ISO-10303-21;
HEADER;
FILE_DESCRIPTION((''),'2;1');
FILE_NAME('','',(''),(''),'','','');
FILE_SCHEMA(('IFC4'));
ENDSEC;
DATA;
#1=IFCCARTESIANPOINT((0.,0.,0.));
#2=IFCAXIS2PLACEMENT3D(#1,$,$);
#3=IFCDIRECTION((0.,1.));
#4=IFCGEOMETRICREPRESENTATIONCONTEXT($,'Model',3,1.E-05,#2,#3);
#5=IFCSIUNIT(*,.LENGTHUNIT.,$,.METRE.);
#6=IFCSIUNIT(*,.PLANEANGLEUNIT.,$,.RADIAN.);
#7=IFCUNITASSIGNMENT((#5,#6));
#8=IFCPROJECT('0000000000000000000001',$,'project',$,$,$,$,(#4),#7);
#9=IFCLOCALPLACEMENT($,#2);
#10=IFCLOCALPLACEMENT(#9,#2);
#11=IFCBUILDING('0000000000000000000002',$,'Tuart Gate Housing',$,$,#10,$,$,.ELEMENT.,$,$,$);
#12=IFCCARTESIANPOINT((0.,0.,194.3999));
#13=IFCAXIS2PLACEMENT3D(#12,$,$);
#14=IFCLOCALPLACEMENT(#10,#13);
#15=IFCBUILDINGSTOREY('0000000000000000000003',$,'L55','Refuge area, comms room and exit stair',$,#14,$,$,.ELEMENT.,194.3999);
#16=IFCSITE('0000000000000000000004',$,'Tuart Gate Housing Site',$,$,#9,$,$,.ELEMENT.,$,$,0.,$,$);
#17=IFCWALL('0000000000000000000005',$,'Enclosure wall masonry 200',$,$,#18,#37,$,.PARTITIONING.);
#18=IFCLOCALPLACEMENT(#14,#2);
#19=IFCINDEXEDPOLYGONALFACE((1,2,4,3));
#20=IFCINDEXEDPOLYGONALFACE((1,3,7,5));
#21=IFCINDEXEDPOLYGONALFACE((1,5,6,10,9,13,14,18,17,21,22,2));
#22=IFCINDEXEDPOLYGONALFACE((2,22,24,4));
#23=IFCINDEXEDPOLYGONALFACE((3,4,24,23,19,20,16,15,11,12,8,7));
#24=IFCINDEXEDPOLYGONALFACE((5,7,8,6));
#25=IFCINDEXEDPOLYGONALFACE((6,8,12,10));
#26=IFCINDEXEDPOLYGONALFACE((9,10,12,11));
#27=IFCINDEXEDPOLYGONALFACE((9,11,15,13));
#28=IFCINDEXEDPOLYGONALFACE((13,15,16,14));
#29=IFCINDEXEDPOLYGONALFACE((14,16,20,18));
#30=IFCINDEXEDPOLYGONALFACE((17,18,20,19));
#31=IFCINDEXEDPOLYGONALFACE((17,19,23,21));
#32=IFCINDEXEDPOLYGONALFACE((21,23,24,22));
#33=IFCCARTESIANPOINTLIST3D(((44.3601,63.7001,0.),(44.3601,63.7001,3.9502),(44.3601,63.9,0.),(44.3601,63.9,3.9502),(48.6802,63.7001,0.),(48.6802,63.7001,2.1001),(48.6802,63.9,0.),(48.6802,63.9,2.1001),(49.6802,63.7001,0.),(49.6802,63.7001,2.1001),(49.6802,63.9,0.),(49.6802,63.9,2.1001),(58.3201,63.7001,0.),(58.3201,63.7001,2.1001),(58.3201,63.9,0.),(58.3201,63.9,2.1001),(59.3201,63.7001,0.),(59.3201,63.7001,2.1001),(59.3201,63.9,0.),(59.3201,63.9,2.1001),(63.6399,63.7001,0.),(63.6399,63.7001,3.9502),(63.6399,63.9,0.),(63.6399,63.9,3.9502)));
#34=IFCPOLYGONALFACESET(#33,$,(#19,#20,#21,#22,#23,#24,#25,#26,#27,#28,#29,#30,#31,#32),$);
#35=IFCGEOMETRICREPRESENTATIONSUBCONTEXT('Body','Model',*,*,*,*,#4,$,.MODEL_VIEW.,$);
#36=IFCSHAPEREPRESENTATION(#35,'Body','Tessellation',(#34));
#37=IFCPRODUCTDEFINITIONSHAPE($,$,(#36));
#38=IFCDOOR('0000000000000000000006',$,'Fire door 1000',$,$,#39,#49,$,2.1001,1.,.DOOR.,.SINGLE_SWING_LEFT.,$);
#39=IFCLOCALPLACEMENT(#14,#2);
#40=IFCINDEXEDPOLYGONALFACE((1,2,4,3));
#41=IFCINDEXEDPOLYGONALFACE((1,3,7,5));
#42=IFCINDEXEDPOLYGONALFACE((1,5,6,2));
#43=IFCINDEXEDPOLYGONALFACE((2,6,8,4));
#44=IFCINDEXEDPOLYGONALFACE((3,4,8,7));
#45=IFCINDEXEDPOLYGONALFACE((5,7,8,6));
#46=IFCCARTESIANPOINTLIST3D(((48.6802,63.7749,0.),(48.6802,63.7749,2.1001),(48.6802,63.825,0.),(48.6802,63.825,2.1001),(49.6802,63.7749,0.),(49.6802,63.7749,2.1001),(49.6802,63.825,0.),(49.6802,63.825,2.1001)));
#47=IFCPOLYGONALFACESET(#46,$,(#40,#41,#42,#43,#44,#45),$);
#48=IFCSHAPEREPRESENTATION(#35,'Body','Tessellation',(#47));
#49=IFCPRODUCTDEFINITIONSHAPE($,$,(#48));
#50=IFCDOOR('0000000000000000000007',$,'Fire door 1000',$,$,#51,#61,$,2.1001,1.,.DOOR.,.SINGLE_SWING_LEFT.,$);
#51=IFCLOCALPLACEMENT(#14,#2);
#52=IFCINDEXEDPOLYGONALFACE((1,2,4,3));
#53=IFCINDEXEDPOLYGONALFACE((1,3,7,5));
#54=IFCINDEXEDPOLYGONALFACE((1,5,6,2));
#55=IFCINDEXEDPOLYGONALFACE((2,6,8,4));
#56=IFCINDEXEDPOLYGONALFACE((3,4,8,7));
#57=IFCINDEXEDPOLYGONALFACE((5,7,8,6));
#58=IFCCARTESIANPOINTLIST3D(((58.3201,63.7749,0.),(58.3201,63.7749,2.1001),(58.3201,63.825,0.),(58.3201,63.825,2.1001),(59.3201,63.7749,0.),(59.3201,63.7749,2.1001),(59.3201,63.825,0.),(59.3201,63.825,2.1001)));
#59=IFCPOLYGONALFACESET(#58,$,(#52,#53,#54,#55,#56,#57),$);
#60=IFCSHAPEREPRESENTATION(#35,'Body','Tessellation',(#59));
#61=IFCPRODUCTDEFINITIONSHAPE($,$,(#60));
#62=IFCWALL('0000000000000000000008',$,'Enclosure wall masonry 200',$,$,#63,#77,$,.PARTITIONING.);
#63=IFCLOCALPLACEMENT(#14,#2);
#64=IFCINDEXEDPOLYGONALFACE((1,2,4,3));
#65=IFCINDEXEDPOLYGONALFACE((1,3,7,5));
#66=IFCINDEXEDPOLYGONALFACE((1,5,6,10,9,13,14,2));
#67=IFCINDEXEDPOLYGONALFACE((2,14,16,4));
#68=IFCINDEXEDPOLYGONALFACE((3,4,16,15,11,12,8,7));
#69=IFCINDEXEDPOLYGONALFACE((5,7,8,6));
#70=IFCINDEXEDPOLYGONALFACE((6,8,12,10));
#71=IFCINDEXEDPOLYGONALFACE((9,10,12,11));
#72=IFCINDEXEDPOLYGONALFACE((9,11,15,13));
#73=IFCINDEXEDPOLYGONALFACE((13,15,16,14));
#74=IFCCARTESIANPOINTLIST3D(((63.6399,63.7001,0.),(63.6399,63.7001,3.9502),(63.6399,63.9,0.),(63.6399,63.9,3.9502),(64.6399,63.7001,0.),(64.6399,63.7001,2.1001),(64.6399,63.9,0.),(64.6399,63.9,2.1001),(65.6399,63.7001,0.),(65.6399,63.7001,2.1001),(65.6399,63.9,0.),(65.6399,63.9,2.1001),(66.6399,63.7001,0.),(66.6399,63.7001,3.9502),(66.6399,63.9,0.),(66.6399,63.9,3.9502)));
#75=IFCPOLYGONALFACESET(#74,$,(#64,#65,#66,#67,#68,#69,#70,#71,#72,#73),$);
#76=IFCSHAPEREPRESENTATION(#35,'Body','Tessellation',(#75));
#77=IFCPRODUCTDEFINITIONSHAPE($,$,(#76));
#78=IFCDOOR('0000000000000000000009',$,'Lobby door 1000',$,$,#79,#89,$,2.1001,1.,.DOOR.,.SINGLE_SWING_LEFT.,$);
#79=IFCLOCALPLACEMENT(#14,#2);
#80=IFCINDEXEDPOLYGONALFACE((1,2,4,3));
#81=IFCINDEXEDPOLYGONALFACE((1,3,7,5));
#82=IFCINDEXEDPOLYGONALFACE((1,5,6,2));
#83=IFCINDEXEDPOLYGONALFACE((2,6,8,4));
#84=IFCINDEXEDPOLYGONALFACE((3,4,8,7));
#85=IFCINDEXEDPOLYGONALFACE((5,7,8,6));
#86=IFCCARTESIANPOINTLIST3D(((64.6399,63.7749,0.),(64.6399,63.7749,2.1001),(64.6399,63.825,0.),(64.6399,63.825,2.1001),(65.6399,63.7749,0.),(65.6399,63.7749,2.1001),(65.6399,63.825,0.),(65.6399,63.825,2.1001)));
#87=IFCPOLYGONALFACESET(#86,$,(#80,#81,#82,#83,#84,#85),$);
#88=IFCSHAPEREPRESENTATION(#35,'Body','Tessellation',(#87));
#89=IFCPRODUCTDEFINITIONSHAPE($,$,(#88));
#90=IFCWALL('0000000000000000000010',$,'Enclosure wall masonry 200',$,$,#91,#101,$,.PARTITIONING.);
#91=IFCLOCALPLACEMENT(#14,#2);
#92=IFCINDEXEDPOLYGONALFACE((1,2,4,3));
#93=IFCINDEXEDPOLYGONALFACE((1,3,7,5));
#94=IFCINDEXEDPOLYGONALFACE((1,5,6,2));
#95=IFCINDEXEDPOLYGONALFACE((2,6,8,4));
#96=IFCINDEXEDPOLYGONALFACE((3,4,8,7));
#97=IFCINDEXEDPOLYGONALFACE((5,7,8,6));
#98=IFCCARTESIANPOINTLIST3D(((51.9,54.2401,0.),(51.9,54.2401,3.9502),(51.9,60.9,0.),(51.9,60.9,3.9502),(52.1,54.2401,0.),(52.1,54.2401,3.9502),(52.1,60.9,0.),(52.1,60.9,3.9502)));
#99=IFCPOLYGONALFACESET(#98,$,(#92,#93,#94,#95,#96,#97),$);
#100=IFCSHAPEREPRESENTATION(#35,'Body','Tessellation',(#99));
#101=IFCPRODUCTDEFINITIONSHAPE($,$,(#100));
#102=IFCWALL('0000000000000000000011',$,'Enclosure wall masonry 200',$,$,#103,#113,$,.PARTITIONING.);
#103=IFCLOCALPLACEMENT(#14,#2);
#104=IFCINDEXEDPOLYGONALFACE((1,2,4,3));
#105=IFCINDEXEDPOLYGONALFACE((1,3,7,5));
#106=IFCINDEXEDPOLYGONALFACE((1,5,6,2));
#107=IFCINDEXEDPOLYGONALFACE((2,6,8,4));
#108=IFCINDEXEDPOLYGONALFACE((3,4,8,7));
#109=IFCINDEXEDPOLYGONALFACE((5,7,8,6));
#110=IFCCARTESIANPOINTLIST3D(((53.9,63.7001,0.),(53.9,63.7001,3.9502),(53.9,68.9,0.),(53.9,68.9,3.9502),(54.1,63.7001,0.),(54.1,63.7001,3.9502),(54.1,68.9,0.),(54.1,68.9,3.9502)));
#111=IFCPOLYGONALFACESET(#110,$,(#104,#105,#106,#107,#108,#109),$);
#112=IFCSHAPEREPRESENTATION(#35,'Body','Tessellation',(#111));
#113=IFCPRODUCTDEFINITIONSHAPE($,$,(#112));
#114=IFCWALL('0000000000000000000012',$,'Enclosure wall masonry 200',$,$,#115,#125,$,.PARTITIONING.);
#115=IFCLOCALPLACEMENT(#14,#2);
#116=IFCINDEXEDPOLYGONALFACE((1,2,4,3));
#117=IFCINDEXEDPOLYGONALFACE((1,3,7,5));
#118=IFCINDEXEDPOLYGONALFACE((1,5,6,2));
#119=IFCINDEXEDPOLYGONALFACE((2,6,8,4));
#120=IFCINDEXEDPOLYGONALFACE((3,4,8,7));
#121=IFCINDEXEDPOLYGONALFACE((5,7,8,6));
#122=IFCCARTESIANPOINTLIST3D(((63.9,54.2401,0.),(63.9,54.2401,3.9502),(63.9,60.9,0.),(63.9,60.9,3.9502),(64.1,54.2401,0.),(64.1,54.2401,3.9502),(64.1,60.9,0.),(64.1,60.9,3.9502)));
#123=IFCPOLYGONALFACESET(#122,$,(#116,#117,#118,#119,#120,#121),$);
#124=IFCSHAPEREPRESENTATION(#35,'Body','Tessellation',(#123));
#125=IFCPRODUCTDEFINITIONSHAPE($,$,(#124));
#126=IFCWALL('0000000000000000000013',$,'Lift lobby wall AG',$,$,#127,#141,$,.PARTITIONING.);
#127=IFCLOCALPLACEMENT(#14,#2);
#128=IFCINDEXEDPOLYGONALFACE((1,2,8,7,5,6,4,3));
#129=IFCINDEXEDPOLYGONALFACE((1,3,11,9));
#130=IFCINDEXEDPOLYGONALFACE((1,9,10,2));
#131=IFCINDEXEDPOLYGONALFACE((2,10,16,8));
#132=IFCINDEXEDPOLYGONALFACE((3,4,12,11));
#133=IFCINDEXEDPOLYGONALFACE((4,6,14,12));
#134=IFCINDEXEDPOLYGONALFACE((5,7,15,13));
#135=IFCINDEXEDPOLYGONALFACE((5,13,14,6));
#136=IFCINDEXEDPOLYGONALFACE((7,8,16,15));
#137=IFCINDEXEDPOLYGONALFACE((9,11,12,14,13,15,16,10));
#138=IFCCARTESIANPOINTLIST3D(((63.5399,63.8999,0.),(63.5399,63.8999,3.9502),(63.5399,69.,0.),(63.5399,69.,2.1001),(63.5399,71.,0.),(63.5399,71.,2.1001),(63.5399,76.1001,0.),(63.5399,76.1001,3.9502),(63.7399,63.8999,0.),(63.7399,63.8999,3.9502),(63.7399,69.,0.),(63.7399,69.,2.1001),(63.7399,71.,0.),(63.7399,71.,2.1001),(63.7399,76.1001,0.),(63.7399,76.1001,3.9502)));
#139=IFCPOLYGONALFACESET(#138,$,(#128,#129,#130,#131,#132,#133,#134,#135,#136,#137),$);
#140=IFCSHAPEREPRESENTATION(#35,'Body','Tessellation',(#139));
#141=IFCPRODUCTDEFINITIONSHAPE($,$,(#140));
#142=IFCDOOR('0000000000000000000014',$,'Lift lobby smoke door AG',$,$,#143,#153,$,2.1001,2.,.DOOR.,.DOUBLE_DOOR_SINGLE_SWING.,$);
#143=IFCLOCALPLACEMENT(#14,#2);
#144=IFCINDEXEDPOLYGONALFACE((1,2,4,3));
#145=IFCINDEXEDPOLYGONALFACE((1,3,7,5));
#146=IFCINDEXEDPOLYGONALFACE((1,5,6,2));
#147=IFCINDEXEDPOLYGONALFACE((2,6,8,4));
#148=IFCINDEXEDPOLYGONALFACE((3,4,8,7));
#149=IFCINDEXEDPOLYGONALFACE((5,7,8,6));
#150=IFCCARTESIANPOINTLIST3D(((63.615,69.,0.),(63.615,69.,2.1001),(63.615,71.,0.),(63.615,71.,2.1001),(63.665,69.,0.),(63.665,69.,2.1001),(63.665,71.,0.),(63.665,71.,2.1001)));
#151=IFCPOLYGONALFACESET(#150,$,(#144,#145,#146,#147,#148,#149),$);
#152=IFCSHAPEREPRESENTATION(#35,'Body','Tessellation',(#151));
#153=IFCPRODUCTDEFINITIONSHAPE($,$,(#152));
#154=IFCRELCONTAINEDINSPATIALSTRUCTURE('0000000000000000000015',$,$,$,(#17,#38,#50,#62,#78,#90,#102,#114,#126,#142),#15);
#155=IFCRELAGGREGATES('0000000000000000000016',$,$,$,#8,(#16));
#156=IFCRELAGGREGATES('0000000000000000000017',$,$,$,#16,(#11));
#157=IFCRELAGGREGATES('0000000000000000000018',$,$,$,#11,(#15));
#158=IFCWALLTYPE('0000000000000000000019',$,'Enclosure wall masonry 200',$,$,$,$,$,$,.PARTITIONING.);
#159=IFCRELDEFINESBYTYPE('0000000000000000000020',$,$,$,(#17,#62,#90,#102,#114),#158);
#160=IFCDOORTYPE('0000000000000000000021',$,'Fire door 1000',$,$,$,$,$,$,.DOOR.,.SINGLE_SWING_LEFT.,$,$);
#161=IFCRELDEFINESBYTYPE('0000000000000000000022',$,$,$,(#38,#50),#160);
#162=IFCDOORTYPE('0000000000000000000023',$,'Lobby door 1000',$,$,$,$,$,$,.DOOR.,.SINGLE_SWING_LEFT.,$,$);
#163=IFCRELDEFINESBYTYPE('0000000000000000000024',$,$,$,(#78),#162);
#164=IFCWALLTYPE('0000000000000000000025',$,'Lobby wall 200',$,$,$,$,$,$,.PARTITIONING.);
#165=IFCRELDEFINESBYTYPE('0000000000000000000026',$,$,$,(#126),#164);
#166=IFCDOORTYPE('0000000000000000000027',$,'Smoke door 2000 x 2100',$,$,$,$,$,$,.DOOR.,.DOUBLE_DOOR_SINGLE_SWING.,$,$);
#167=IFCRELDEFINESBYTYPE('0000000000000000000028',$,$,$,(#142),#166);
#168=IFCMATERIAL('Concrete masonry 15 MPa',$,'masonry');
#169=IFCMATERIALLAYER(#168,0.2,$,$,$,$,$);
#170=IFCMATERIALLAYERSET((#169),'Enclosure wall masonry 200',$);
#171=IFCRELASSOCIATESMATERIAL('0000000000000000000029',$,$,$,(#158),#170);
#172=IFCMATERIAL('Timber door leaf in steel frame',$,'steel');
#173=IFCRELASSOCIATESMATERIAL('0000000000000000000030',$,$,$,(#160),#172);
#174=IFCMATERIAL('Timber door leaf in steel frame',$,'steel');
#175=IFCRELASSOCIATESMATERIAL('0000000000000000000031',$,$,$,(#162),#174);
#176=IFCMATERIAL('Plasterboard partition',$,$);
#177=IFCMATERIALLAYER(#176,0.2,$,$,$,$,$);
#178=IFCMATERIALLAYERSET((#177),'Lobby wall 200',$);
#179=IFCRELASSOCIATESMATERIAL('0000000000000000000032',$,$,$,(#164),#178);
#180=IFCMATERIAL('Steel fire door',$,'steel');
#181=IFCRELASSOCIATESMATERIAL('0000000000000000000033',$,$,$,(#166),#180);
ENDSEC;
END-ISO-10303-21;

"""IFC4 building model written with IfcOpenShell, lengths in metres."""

from ifc_helpers import new_model, si_unit, direction, frame, frame_2d, origin, place, context, subcontext, project, spatial, rectangle, extrude, material, layer, layer_set, type_object, element, fill, save


model = new_model("IFC4")

# Units and contexts
model_context = context("Model", 3, precision=1e-05, world=origin(), true_north=direction((0.0, 1.0)))
body_context = subcontext(model_context, "Body", "Model", "MODEL_VIEW")
ifc_project = project(units=[si_unit("LENGTHUNIT", "METRE"), si_unit("PLANEANGLEUNIT", "RADIAN")], contexts=[model_context])

# Site, building, storey
site_placement = place(None, origin())
site = spatial("IfcSite", under=ifc_project, at=site_placement, Name="Tuart Gate Housing Site", CompositionType="ELEMENT", RefElevation=0.0)
building_placement = place(site_placement, origin())
building = spatial("IfcBuilding", under=site, at=building_placement, Name="Tuart Gate Housing", CompositionType="ELEMENT")
storey_placement = place(building_placement, frame((0.0, 0.0, 194.3999)))
storey = spatial("IfcBuildingStorey", under=building, at=storey_placement, Name="L55", Description="Refuge area, comms room and exit stair", CompositionType="ELEMENT", Elevation=194.3999)

# Wall, openings, doors
ifc_material_1 = material(Name="Concrete masonry 15 MPa", Category="masonry")
ifc_layer_1 = layer(ifc_material_1, 0.2)
ifc_layer_set_1 = layer_set([ifc_layer_1], Name="Enclosure wall masonry 200")
wall_type_1 = type_object("IfcWallType", Name="Enclosure wall masonry 200", PredefinedType="PARTITIONING", material=ifc_layer_set_1)
wall_1_placement = place(storey_placement, frame((44.3601, 63.8, 0.0), z_axis=(0.0, 0.0, 1.0), x_axis=(1.0, 0.0, 0.0)))
wall_1 = element("IfcWall", 1, at=wall_1_placement, inside=storey, type_object=wall_type_1, Name="Enclosure wall masonry 200", PredefinedType="PARTITIONING", context=body_context, shape_type="SweptSolid", body=[
    extrude(rectangle(XDim=19.2798, YDim=0.2, at=frame_2d((9.6399, 0.0))), origin(), (0.0, 0.0, 1.0), 3.9502),
])
opening_1_placement = place(wall_1_placement, frame((4.3201, 0.0, 0.0)))
opening_1 = element("IfcOpeningElement", 2, at=opening_1_placement, cuts=wall_1, PredefinedType="OPENING", context=body_context, shape_type="SweptSolid", body=[
    extrude(rectangle(XDim=1.0, YDim=2.1001, at=frame_2d((0.5, 1.05))), frame((0.0, 0.1099, 0.0), z_axis=(0.0, -1.0, 0.0), x_axis=(1.0, 0.0, 0.0)), (0.0, 0.0, 1.0), 0.22),
])
opening_2_placement = place(wall_1_placement, frame((13.96, 0.0, 0.0)))
opening_2 = element("IfcOpeningElement", 3, at=opening_2_placement, cuts=wall_1, PredefinedType="OPENING", context=body_context, shape_type="SweptSolid", body=[
    extrude(rectangle(XDim=1.0, YDim=2.1001, at=frame_2d((0.5, 1.05))), frame((0.0, 0.1099, 0.0), z_axis=(0.0, -1.0, 0.0), x_axis=(1.0, 0.0, 0.0)), (0.0, 0.0, 1.0), 0.22),
])
ifc_material_2 = material(Name="Timber door leaf in steel frame", Category="steel")
door_type_1 = type_object("IfcDoorType", Name="Fire door 1000", OperationType="SINGLE_SWING_LEFT", PredefinedType="DOOR", material=ifc_material_2)
door_1_placement = place(opening_1_placement, origin())
door_1 = element("IfcDoor", 4, at=door_1_placement, inside=storey, type_object=door_type_1, Name="Fire door 1000", OperationType="SINGLE_SWING_LEFT", OverallHeight=2.1001, OverallWidth=1.0, PredefinedType="DOOR", context=body_context, shape_type="SweptSolid", body=[
    extrude(rectangle(XDim=1.0, YDim=2.1001, at=frame_2d((0.5, 1.05))), frame((0.0, 0.0249, 0.0), z_axis=(0.0, -1.0, 0.0), x_axis=(1.0, 0.0, 0.0)), (0.0, 0.0, 1.0), 0.05),
])
fill(opening_1, door_1)
door_2_placement = place(opening_2_placement, origin())
door_2 = element("IfcDoor", 5, at=door_2_placement, inside=storey, type_object=door_type_1, Name="Fire door 1000", OperationType="SINGLE_SWING_LEFT", OverallHeight=2.1001, OverallWidth=1.0, PredefinedType="DOOR", context=body_context, shape_type="SweptSolid", body=[
    extrude(rectangle(XDim=1.0, YDim=2.1001, at=frame_2d((0.5, 1.05))), frame((0.0, 0.0249, 0.0), z_axis=(0.0, -1.0, 0.0), x_axis=(1.0, 0.0, 0.0)), (0.0, 0.0, 1.0), 0.05),
])
fill(opening_2, door_2)

# Wall, opening, door
wall_2_placement = place(storey_placement, frame((63.6399, 63.8, 0.0), z_axis=(0.0, 0.0, 1.0), x_axis=(1.0, 0.0, 0.0)))
wall_2 = element("IfcWall", 6, at=wall_2_placement, inside=storey, type_object=wall_type_1, Name="Enclosure wall masonry 200", PredefinedType="PARTITIONING", context=body_context, shape_type="SweptSolid", body=[
    extrude(rectangle(XDim=3.0, YDim=0.2, at=frame_2d((1.5, 0.0))), origin(), (0.0, 0.0, 1.0), 3.9502),
])
opening_3_placement = place(wall_2_placement, frame((1.0, 0.0, 0.0)))
opening_3 = element("IfcOpeningElement", 7, at=opening_3_placement, cuts=wall_2, PredefinedType="OPENING", context=body_context, shape_type="SweptSolid", body=[
    extrude(rectangle(XDim=1.0, YDim=2.1001, at=frame_2d((0.5, 1.05))), frame((0.0, 0.1099, 0.0), z_axis=(0.0, -1.0, 0.0), x_axis=(1.0, 0.0, 0.0)), (0.0, 0.0, 1.0), 0.22),
])
ifc_material_3 = material(Name="Timber door leaf in steel frame", Category="steel")
door_type_2 = type_object("IfcDoorType", Name="Lobby door 1000", OperationType="SINGLE_SWING_LEFT", PredefinedType="DOOR", material=ifc_material_3)
door_3_placement = place(opening_3_placement, origin())
door_3 = element("IfcDoor", 8, at=door_3_placement, inside=storey, type_object=door_type_2, Name="Lobby door 1000", OperationType="SINGLE_SWING_LEFT", OverallHeight=2.1001, OverallWidth=1.0, PredefinedType="DOOR", context=body_context, shape_type="SweptSolid", body=[
    extrude(rectangle(XDim=1.0, YDim=2.1001, at=frame_2d((0.5, 1.05))), frame((0.0, 0.0249, 0.0), z_axis=(0.0, -1.0, 0.0), x_axis=(1.0, 0.0, 0.0)), (0.0, 0.0, 1.0), 0.05),
])
fill(opening_3, door_3)

# Walls
wall_3_placement = place(storey_placement, frame((52.0, 54.24, 0.0), z_axis=(0.0, 0.0, 1.0), x_axis=(0.0, 1.0, 0.0)))
element("IfcWall", 9, at=wall_3_placement, inside=storey, type_object=wall_type_1, Name="Enclosure wall masonry 200", PredefinedType="PARTITIONING", context=body_context, shape_type="SweptSolid", body=[
    extrude(rectangle(XDim=6.6599, YDim=0.2, at=frame_2d((3.3301, 0.0))), origin(), (0.0, 0.0, 1.0), 3.9502),
])
wall_4_placement = place(storey_placement, frame((54.0, 63.7, 0.0), z_axis=(0.0, 0.0, 1.0), x_axis=(0.0, 1.0, 0.0)))
element("IfcWall", 10, at=wall_4_placement, inside=storey, type_object=wall_type_1, Name="Enclosure wall masonry 200", PredefinedType="PARTITIONING", context=body_context, shape_type="SweptSolid", body=[
    extrude(rectangle(XDim=5.2, YDim=0.2, at=frame_2d((2.6001, 0.0))), origin(), (0.0, 0.0, 1.0), 3.9502),
])
wall_5_placement = place(storey_placement, frame((64.0, 54.24, 0.0), z_axis=(0.0, 0.0, 1.0), x_axis=(0.0, 1.0, 0.0)))
element("IfcWall", 11, at=wall_5_placement, inside=storey, type_object=wall_type_1, Name="Enclosure wall masonry 200", PredefinedType="PARTITIONING", context=body_context, shape_type="SweptSolid", body=[
    extrude(rectangle(XDim=6.6599, YDim=0.2, at=frame_2d((3.3301, 0.0))), origin(), (0.0, 0.0, 1.0), 3.9502),
])

# Wall, opening, door
ifc_material_4 = material(Name="Plasterboard partition")
ifc_layer_2 = layer(ifc_material_4, 0.2)
ifc_layer_set_2 = layer_set([ifc_layer_2], Name="Lobby wall 200")
wall_type_2 = type_object("IfcWallType", Name="Lobby wall 200", PredefinedType="PARTITIONING", material=ifc_layer_set_2)
wall_6_placement = place(storey_placement, frame((63.6399, 63.8999, 0.0), z_axis=(0.0, 0.0, 1.0), x_axis=(0.0, 1.0, 0.0)))
wall_6 = element("IfcWall", 12, at=wall_6_placement, inside=storey, type_object=wall_type_2, Name="Lift lobby wall AG", PredefinedType="PARTITIONING", context=body_context, shape_type="SweptSolid", body=[
    extrude(rectangle(XDim=12.2002, YDim=0.2, at=frame_2d((6.1001, 0.0))), origin(), (0.0, 0.0, 1.0), 3.9502),
])
opening_4_placement = place(wall_6_placement, frame((5.1001, 0.0, 0.0)))
opening_4 = element("IfcOpeningElement", 13, at=opening_4_placement, cuts=wall_6, PredefinedType="OPENING", context=body_context, shape_type="SweptSolid", body=[
    extrude(rectangle(XDim=2.0, YDim=2.1001, at=frame_2d((1.0, 1.05))), frame((0.0, 0.1099, 0.0), z_axis=(0.0, -1.0, 0.0), x_axis=(1.0, 0.0, 0.0)), (0.0, 0.0, 1.0), 0.22),
])
ifc_material_5 = material(Name="Steel fire door", Category="steel")
door_type_3 = type_object("IfcDoorType", Name="Smoke door 2000 x 2100", OperationType="DOUBLE_DOOR_SINGLE_SWING", PredefinedType="DOOR", material=ifc_material_5)
door_4_placement = place(opening_4_placement, frame((2.0, 0.0, 0.0), z_axis=(0.0, 0.0, 1.0), x_axis=(-1.0, 0.0, 0.0)))
door_4 = element("IfcDoor", 14, at=door_4_placement, inside=storey, type_object=door_type_3, Name="Lift lobby smoke door AG", OperationType="DOUBLE_DOOR_SINGLE_SWING", OverallHeight=2.1001, OverallWidth=2.0, PredefinedType="DOOR", context=body_context, shape_type="SweptSolid", body=[
    extrude(rectangle(XDim=2.0, YDim=2.1001, at=frame_2d((1.0, 1.05))), frame((0.0, 0.0251, 0.0), z_axis=(0.0, -1.0, 0.0), x_axis=(1.0, 0.0, 0.0)), (0.0, 0.0, 1.0), 0.05),
])
fill(opening_4, door_4)

save(model, "model.ifc")
